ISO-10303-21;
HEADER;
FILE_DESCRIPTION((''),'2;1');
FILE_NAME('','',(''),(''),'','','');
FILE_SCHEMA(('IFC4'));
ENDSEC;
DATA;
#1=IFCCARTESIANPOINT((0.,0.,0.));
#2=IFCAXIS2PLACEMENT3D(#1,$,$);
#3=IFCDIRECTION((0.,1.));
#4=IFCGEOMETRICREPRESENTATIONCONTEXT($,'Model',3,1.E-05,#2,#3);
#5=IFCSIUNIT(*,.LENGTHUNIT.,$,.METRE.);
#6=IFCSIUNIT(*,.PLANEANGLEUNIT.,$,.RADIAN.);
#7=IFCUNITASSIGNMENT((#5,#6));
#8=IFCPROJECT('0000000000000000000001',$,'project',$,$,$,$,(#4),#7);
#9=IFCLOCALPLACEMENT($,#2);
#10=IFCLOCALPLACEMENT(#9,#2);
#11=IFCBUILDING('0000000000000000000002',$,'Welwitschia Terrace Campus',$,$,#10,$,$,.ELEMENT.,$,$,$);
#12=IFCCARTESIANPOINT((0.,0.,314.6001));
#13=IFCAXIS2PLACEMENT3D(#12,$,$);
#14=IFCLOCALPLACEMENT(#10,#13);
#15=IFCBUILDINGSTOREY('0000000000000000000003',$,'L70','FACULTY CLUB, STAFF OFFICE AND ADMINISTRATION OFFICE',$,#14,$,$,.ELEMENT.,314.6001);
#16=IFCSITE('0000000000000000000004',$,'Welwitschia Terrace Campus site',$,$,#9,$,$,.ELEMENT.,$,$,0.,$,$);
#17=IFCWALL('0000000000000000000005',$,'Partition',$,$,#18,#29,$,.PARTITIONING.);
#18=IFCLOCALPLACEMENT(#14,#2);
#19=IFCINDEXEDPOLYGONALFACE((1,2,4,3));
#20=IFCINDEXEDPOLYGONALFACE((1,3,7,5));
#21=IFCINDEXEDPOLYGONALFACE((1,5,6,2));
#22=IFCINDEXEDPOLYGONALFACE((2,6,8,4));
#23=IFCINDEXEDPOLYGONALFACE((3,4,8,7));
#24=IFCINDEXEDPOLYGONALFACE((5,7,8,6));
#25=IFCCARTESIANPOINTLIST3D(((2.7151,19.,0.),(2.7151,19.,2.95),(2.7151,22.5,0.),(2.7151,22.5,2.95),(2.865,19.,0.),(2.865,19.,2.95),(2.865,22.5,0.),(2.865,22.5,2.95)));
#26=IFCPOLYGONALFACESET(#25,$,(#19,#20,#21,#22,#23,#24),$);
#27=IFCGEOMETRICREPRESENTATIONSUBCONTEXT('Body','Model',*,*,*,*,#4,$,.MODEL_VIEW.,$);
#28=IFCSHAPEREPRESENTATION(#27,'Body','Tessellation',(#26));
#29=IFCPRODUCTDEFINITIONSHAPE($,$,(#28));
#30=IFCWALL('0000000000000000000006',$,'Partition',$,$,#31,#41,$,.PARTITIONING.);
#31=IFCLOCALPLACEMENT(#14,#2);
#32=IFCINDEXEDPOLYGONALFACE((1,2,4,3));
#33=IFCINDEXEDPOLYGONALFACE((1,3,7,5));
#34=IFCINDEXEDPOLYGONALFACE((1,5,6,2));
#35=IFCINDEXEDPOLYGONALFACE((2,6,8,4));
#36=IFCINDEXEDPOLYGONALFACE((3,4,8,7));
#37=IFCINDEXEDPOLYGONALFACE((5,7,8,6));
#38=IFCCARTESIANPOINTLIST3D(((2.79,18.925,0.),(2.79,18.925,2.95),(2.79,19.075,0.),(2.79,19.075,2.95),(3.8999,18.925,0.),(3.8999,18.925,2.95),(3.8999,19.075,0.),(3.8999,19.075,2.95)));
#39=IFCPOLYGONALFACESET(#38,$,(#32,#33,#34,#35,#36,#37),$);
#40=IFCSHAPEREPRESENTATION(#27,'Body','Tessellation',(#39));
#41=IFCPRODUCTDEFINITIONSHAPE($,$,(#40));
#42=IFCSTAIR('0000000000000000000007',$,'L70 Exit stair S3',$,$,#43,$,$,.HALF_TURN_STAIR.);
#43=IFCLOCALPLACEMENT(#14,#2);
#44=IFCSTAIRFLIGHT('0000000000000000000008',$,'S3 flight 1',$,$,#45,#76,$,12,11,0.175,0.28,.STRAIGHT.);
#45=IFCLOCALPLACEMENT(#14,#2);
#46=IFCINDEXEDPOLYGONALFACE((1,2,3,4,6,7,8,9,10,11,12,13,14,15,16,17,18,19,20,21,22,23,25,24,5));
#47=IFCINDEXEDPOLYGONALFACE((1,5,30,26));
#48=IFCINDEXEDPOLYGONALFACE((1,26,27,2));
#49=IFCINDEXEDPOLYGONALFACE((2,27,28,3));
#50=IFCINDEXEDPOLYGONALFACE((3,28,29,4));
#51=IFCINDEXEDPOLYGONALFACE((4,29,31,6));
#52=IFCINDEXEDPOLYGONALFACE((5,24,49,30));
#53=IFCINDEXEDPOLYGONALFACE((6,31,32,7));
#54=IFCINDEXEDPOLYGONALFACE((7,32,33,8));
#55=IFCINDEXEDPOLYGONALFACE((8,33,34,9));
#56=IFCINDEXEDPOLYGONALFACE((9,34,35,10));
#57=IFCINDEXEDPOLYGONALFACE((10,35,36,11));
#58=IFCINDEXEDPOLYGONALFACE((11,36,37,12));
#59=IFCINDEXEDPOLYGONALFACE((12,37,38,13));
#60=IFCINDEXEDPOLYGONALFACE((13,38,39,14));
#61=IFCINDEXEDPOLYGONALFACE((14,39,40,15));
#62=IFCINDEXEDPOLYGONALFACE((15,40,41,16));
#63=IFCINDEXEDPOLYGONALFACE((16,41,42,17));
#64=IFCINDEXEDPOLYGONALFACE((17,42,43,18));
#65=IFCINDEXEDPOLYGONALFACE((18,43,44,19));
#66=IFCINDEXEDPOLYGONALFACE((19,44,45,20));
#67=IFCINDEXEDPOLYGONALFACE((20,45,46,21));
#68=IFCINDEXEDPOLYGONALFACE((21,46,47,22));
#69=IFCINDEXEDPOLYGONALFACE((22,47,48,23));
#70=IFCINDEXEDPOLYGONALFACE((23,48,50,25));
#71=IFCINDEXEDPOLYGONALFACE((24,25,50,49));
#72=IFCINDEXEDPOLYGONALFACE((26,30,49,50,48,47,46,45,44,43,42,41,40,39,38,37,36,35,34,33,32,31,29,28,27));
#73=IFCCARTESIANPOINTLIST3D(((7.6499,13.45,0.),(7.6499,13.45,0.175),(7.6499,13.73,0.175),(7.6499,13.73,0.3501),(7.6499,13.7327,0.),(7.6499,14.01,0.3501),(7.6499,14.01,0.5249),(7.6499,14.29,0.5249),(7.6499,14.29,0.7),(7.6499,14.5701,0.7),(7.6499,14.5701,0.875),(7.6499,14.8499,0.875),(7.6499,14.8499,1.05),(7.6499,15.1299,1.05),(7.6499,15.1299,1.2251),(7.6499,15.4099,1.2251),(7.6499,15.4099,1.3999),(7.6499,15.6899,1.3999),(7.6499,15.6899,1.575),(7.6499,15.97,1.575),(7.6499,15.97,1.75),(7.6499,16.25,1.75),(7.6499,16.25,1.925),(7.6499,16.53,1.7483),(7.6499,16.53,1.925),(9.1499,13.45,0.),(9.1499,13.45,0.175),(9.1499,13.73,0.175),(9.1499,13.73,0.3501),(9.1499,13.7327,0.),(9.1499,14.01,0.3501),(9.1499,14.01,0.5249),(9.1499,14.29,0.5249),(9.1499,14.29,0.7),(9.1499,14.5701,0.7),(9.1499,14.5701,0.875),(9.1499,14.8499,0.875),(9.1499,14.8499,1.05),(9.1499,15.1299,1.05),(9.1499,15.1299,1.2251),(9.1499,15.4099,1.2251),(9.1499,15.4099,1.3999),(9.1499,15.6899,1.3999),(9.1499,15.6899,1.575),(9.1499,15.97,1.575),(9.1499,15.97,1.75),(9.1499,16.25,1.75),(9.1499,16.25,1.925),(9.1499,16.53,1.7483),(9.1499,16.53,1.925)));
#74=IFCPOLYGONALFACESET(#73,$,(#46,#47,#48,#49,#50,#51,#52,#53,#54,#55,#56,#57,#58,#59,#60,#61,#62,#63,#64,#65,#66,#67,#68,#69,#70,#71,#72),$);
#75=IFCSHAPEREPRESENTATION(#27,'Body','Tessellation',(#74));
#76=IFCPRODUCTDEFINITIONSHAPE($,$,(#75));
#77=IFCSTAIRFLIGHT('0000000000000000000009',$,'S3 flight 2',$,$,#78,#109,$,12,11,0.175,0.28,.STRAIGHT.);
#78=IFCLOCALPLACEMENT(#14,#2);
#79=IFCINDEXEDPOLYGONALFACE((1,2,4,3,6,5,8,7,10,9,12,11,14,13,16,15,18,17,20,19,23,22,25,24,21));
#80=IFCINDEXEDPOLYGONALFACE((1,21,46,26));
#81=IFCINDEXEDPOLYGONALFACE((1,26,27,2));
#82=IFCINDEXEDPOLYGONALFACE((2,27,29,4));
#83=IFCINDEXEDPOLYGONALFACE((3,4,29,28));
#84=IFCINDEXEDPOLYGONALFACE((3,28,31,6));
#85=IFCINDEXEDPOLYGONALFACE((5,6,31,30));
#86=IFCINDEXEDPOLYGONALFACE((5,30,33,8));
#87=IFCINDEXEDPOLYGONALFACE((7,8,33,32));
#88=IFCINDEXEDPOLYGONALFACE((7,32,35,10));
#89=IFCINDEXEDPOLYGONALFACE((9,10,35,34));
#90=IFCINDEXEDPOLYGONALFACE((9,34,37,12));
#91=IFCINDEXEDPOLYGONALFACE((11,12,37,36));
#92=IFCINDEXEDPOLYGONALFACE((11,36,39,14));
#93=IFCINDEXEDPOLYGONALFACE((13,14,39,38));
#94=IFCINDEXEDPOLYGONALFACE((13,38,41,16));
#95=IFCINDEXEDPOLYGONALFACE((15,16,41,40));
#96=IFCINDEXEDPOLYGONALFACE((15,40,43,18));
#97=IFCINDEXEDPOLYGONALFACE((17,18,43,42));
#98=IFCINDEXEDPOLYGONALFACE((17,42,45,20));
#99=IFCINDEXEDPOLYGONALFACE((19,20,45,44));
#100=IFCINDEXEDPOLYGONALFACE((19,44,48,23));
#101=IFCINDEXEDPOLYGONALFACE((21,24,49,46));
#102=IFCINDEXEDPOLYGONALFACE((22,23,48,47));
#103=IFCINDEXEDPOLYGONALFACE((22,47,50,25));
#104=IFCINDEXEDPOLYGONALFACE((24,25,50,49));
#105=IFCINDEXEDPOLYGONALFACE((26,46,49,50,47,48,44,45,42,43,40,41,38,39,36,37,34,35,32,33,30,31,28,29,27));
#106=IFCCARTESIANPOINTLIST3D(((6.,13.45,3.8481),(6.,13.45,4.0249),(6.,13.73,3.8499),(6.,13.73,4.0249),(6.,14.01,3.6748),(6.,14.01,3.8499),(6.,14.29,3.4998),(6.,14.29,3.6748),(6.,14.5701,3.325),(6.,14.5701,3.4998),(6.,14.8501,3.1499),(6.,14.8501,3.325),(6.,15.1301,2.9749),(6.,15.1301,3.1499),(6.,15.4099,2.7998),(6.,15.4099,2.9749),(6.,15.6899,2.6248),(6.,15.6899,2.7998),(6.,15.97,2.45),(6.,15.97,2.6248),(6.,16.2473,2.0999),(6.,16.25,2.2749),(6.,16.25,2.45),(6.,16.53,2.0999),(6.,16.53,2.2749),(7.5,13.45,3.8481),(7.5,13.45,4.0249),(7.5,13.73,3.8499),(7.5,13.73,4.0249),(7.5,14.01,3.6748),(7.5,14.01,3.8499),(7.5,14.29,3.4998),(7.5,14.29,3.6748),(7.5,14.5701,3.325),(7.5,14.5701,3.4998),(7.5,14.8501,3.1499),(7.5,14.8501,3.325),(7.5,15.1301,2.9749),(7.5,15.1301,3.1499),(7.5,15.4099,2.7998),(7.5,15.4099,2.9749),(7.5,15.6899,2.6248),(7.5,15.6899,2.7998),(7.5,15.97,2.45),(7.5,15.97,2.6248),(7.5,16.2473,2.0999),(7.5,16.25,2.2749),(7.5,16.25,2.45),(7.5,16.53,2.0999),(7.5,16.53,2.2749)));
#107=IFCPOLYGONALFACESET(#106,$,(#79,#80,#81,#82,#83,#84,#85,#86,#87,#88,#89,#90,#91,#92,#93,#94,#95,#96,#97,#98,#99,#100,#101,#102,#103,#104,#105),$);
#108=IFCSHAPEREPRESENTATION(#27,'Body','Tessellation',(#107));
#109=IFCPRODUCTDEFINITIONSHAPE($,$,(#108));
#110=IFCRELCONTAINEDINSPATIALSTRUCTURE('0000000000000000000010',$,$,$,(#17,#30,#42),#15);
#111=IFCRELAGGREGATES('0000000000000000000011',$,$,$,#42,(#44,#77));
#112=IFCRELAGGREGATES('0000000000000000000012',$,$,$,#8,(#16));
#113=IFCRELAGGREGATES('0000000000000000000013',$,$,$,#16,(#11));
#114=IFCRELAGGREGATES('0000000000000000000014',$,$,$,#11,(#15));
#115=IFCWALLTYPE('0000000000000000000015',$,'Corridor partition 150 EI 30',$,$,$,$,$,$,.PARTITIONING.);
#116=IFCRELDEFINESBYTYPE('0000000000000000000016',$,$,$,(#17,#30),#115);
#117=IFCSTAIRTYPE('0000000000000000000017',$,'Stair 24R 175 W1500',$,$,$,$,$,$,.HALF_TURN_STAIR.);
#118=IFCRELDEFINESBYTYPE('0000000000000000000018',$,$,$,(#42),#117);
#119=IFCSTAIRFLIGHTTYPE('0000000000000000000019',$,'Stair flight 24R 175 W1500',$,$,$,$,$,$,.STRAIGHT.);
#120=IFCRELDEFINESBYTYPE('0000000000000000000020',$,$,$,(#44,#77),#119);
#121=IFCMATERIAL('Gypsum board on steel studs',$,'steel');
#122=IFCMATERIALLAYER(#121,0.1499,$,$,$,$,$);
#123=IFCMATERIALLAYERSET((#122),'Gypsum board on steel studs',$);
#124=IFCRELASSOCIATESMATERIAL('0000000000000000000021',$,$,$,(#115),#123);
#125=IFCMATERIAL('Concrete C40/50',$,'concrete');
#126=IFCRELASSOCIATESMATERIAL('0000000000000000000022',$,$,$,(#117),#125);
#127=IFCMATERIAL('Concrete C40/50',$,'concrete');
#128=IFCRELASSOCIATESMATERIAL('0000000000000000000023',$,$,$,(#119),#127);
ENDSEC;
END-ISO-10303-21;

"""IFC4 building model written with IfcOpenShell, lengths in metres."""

from ifc_helpers import new_model, si_unit, direction, frame, frame_2d, origin, place, context, subcontext, project, spatial, polyline, rectangle, outline, extrude, material, layer, layer_set, type_object, element, aggregate, save


model = new_model("IFC4")

# Units and contexts
model_context = context("Model", 3, precision=1e-05, world=origin(), true_north=direction((0.0, 1.0)))
body_context = subcontext(model_context, "Body", "Model", "MODEL_VIEW")
ifc_project = project(units=[si_unit("LENGTHUNIT", "METRE"), si_unit("PLANEANGLEUNIT", "RADIAN")], contexts=[model_context])

# Site, building, storey
site_placement = place(None, origin())
site = spatial("IfcSite", under=ifc_project, at=site_placement, Name="Welwitschia Terrace Campus site", CompositionType="ELEMENT", RefElevation=0.0)
building_placement = place(site_placement, origin())
building = spatial("IfcBuilding", under=site, at=building_placement, Name="Welwitschia Terrace Campus", CompositionType="ELEMENT")
storey_placement = place(building_placement, frame((0.0, 0.0, 314.6001)))
storey = spatial("IfcBuildingStorey", under=building, at=storey_placement, Name="L70", Description="FACULTY CLUB, STAFF OFFICE AND ADMINISTRATION OFFICE", CompositionType="ELEMENT", Elevation=314.6001)

# Walls
ifc_material_1 = material(Name="Gypsum board on steel studs", Category="steel")
ifc_layer_1 = layer(ifc_material_1, 0.1499)
ifc_layer_set_1 = layer_set([ifc_layer_1], Name="Gypsum board on steel studs")
wall_type_1 = type_object("IfcWallType", Name="Corridor partition 150 EI 30", PredefinedType="PARTITIONING", material=ifc_layer_set_1)
wall_1_placement = place(storey_placement, frame((2.79, 19.0, 0.0), z_axis=(0.0, 0.0, 1.0), x_axis=(0.0, 1.0, 0.0)))
element("IfcWall", 1, at=wall_1_placement, inside=storey, type_object=wall_type_1, Name="Partition", PredefinedType="PARTITIONING", context=body_context, shape_type="SweptSolid", body=[
    extrude(rectangle(XDim=3.5, YDim=0.1499, at=frame_2d((1.75, 0.0))), origin(), (0.0, 0.0, 1.0), 2.95),
])
wall_2_placement = place(storey_placement, frame((2.79, 19.0, 0.0), z_axis=(0.0, 0.0, 1.0), x_axis=(1.0, 0.0, 0.0)))
element("IfcWall", 2, at=wall_2_placement, inside=storey, type_object=wall_type_1, Name="Partition", PredefinedType="PARTITIONING", context=body_context, shape_type="SweptSolid", body=[
    extrude(rectangle(XDim=1.1099, YDim=0.1499, at=frame_2d((0.5549, 0.0))), origin(), (0.0, 0.0, 1.0), 2.95),
])

# Stair, stair flights
ifc_material_2 = material(Name="Concrete C40/50", Category="concrete")
stair_type = type_object("IfcStairType", Name="Stair 24R 175 W1500", PredefinedType="HALF_TURN_STAIR", material=ifc_material_2)
stair_placement = place(storey_placement, origin())
stair = element("IfcStair", 3, at=stair_placement, inside=storey, type_object=stair_type, Name="L70 Exit stair S3", PredefinedType="HALF_TURN_STAIR")
ifc_material_3 = material(Name="Concrete C40/50", Category="concrete")
stair_flight_type = type_object("IfcStairFlightType", Name="Stair flight 24R 175 W1500", PredefinedType="STRAIGHT", material=ifc_material_3)
stair_flight_1_placement = place(storey_placement, frame((8.3999, 13.45, 0.0), z_axis=(0.0, 0.0, 1.0), x_axis=(0.0, 1.0, 0.0)))
stair_flight_1 = element("IfcStairFlight", 4, at=stair_flight_1_placement, type_object=stair_flight_type, Name="S3 flight 1", NumberOfRisers=12, NumberOfTreads=11, PredefinedType="STRAIGHT", RiserHeight=0.175, TreadLength=0.28, context=body_context, shape_type="SweptSolid", body=[
    extrude(outline(polyline([(0.0, 0.0), (0.0, 0.175), (0.28, 0.175), (0.28, 0.3501), (0.5601, 0.3501), (0.5601, 0.5249), (0.8401, 0.5249), (0.8401, 0.7), (1.1201, 0.7), (1.1201, 0.875), (1.3999, 0.875), (1.3999, 1.05), (1.6799, 1.05), (1.6799, 1.2251), (1.96, 1.2251), (1.96, 1.3999), (2.24, 1.3999), (2.24, 1.575), (2.52, 1.575), (2.52, 1.75), (2.8, 1.75), (2.8, 1.925), (3.0801, 1.925), (3.0801, 2.1001), (3.0801, 1.7483), (0.2827, 0.0), (0.0, 0.0)])), frame((0.0, 0.75, 0.0), z_axis=(0.0, -1.0, 0.0), x_axis=(1.0, 0.0, 0.0)), (0.0, 0.0, 1.0), 1.5),
])
stair_flight_2_placement = place(storey_placement, frame((6.75, 16.53, 2.0999), z_axis=(0.0, 0.0, 1.0), x_axis=(0.0, -1.0, 0.0)))
stair_flight_2 = element("IfcStairFlight", 5, at=stair_flight_2_placement, type_object=stair_flight_type, Name="S3 flight 2", NumberOfRisers=12, NumberOfTreads=11, PredefinedType="STRAIGHT", RiserHeight=0.175, TreadLength=0.28, context=body_context, shape_type="SweptSolid", body=[
    extrude(outline(polyline([(0.0, 0.0), (0.0, 0.175), (0.28, 0.175), (0.28, 0.3501), (0.5601, 0.3501), (0.5601, 0.5249), (0.8401, 0.5249), (0.8401, 0.7), (1.1201, 0.7), (1.1201, 0.875), (1.3999, 0.875), (1.3999, 1.05), (1.6799, 1.05), (1.6799, 1.2251), (1.96, 1.2251), (1.96, 1.3999), (2.24, 1.3999), (2.24, 1.575), (2.52, 1.575), (2.52, 1.75), (2.8, 1.75), (2.8, 1.925), (3.0801, 1.925), (3.0801, 2.1001), (3.0801, 1.7483), (0.2827, 0.0), (0.0, 0.0)])), frame((0.0, 0.75, 0.0), z_axis=(0.0, -1.0, 0.0), x_axis=(1.0, 0.0, 0.0)), (0.0, 0.0, 1.0), 1.5),
])
aggregate(stair, [stair_flight_1, stair_flight_2])

save(model, "model.ifc")
